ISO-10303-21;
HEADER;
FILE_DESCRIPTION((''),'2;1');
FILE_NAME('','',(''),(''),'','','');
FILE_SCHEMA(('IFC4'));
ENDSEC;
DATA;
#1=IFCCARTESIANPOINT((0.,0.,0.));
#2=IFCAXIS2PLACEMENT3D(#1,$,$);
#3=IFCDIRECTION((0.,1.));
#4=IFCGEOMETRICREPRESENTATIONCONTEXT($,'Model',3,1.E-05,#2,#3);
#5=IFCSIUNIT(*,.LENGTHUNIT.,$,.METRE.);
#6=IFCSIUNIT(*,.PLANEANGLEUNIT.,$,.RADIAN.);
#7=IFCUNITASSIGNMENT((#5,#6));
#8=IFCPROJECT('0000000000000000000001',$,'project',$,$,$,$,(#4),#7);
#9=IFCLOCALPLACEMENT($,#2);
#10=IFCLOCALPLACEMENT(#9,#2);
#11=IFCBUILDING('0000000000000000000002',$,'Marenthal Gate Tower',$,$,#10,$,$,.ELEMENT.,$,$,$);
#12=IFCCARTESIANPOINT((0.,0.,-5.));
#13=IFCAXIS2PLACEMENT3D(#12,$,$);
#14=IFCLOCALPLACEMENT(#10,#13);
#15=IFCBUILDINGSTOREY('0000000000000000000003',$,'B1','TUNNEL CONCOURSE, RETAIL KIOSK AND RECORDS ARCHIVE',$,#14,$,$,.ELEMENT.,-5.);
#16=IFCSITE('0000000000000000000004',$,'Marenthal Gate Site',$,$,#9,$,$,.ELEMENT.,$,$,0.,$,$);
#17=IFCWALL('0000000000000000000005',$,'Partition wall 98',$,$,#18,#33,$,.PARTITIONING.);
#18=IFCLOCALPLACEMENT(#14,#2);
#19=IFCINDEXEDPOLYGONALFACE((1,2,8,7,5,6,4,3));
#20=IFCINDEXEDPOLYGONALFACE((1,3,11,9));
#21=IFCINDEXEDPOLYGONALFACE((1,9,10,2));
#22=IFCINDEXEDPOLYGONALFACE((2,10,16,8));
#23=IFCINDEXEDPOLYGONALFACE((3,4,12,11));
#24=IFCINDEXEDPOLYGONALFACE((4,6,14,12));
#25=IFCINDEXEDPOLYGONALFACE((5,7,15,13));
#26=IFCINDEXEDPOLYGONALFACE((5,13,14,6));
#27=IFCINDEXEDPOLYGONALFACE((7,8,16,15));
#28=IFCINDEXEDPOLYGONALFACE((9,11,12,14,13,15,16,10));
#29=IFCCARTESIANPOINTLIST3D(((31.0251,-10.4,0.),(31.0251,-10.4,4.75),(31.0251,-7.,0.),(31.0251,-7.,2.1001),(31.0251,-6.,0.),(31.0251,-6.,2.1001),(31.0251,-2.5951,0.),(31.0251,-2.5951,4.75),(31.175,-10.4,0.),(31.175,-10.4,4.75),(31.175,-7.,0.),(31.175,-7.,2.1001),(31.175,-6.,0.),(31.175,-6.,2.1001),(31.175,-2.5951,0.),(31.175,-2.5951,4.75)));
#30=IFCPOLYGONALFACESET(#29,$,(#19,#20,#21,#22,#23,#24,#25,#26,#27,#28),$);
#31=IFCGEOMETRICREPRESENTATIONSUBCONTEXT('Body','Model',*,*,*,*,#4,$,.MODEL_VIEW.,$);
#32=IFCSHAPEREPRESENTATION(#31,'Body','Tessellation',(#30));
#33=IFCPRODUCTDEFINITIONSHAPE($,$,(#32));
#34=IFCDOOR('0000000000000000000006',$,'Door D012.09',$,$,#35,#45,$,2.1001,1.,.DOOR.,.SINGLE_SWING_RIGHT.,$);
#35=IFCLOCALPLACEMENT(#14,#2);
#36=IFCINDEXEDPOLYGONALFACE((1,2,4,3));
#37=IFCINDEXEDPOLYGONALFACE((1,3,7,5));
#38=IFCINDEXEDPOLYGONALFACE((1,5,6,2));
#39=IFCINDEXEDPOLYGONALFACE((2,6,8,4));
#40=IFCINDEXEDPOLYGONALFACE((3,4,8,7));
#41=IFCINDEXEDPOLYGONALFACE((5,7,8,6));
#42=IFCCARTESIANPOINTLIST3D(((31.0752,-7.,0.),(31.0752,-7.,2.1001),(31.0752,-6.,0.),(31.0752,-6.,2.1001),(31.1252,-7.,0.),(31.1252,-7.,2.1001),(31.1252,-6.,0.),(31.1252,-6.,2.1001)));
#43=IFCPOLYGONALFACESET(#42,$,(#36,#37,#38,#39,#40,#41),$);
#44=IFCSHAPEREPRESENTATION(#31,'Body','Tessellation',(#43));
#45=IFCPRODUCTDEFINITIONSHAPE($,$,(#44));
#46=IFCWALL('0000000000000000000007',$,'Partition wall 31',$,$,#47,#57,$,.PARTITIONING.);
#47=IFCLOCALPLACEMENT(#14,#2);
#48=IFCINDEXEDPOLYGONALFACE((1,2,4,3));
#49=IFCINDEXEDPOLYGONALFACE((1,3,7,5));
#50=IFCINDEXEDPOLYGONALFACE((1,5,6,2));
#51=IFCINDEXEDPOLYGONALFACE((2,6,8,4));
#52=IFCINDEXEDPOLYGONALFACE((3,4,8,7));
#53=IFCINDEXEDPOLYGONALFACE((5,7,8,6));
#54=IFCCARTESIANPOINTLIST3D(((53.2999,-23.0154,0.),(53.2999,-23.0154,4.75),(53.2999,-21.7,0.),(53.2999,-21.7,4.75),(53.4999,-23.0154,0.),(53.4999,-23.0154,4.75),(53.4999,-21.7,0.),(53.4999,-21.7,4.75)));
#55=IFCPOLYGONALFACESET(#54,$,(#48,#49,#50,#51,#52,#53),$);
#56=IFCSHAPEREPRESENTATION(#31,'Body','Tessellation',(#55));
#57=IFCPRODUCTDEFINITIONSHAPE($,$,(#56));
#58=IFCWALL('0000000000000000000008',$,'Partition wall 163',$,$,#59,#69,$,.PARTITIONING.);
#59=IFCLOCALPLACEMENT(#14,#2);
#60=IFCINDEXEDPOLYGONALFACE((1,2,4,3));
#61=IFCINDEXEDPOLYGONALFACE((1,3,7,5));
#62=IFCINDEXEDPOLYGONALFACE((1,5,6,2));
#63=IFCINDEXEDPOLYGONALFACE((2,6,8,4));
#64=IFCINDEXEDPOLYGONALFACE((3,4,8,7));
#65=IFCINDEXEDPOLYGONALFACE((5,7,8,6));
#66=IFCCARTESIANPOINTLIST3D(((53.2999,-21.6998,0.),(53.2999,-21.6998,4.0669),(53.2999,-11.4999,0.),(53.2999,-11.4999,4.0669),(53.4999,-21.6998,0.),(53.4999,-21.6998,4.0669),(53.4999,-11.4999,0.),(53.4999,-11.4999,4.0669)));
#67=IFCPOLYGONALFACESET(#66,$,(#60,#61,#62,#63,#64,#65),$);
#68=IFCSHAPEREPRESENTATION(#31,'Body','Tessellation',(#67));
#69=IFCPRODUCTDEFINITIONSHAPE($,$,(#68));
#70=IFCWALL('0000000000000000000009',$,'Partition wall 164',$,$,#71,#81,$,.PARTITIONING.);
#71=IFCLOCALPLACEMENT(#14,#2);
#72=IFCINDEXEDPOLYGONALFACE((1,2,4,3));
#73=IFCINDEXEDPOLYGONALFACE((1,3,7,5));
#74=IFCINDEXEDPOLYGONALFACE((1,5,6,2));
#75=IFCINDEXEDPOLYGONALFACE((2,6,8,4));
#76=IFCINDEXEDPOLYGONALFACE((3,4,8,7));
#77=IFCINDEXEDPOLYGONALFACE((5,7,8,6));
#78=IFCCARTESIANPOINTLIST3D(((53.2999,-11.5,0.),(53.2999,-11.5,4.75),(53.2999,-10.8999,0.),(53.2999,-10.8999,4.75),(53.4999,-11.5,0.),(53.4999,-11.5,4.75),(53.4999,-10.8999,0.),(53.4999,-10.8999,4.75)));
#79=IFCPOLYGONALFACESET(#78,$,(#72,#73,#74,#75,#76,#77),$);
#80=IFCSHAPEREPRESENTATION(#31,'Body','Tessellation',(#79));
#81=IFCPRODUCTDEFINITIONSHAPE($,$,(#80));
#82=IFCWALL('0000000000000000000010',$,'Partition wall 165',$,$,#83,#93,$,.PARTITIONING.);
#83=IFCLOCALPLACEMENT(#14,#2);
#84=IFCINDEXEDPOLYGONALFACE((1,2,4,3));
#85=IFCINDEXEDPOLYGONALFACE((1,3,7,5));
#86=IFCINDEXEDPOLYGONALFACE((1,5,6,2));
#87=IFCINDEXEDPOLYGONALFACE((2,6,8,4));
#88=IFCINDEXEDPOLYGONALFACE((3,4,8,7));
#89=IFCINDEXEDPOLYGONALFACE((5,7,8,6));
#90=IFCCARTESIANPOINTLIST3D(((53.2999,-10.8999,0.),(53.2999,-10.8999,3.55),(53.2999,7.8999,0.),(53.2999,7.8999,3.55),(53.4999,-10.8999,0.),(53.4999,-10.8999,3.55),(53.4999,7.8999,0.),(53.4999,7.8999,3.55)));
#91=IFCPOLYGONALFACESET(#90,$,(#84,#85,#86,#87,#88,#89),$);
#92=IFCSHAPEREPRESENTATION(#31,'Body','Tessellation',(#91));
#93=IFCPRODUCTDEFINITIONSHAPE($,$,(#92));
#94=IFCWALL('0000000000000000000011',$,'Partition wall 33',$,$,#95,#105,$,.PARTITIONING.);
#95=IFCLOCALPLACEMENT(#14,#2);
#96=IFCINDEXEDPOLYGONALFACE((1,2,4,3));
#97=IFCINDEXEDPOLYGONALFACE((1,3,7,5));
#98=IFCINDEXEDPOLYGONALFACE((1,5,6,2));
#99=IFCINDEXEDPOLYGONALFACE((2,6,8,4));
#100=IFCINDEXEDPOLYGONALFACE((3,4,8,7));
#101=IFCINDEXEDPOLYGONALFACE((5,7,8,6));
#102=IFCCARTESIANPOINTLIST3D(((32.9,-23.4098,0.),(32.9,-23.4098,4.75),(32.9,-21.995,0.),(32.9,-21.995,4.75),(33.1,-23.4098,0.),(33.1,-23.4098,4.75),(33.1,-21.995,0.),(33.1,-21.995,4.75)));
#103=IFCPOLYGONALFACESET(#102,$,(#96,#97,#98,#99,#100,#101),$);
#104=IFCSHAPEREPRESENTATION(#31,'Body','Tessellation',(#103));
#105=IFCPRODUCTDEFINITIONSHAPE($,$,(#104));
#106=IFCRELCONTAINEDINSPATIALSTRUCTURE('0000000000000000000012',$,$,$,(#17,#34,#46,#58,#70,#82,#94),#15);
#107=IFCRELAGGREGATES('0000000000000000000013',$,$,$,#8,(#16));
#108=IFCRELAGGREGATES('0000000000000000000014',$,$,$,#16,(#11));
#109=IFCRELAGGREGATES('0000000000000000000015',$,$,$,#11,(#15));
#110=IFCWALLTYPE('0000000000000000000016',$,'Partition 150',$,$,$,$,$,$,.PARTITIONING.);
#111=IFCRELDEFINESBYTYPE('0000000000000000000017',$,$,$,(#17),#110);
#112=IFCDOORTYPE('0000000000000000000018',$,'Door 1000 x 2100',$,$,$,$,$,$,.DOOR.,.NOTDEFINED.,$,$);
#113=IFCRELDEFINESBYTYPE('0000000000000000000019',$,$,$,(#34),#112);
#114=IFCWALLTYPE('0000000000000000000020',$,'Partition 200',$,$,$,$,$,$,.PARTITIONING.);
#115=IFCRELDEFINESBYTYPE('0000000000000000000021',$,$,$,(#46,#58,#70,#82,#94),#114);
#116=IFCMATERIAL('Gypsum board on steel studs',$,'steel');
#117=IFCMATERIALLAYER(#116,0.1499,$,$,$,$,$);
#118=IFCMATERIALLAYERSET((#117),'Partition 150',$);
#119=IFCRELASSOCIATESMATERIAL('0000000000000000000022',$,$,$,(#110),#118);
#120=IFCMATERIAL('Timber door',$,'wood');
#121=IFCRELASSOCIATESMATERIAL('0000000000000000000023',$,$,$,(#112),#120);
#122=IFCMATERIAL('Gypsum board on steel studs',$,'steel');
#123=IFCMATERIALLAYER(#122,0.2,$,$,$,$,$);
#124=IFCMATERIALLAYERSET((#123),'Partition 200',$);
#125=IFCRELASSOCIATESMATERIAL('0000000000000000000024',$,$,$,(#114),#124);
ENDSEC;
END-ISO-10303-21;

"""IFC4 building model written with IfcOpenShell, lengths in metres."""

from ifc_helpers import new_model, si_unit, direction, frame, frame_2d, origin, place, context, subcontext, project, spatial, rectangle, extrude, material, layer, layer_set, type_object, element, fill, save


model = new_model("IFC4")

# Units and contexts
model_context = context("Model", 3, precision=1e-05, world=origin(), true_north=direction((0.0, 1.0)))
body_context = subcontext(model_context, "Body", "Model", "MODEL_VIEW")
ifc_project = project(units=[si_unit("LENGTHUNIT", "METRE"), si_unit("PLANEANGLEUNIT", "RADIAN")], contexts=[model_context])

# Site, building, storey
site_placement = place(None, origin())
site = spatial("IfcSite", under=ifc_project, at=site_placement, Name="Marenthal Gate Site", CompositionType="ELEMENT", RefElevation=0.0)
building_placement = place(site_placement, origin())
building = spatial("IfcBuilding", under=site, at=building_placement, Name="Marenthal Gate Tower", CompositionType="ELEMENT")
storey_placement = place(building_placement, frame((0.0, 0.0, -5.0)))
storey = spatial("IfcBuildingStorey", under=building, at=storey_placement, Name="B1", Description="TUNNEL CONCOURSE, RETAIL KIOSK AND RECORDS ARCHIVE", CompositionType="ELEMENT", Elevation=-5.0)

# Shared definitions
ifc_material_1 = material(Name="Gypsum board on steel studs", Category="steel")
ifc_layer_1 = layer(ifc_material_1, 0.1499)
ifc_layer_set_1 = layer_set([ifc_layer_1], Name="Partition 150")
wall_type_1 = type_object("IfcWallType", Name="Partition 150", PredefinedType="PARTITIONING", material=ifc_layer_set_1)

# Wall, opening, door
wall_1_placement = place(storey_placement, frame((31.1001, -10.3999, 0.0), z_axis=(0.0, 0.0, 1.0), x_axis=(0.0, 1.0, 0.0)))
wall_1 = element("IfcWall", 1, at=wall_1_placement, inside=storey, type_object=wall_type_1, Name="Partition wall 98", PredefinedType="PARTITIONING", context=body_context, shape_type="SweptSolid", body=[
    extrude(rectangle(XDim=7.8049, YDim=0.1499, at=frame_2d((3.9023, 0.0))), origin(), (0.0, 0.0, 1.0), 4.75),
])
opening_1_placement = place(wall_1_placement, frame((3.3999, 0.0, 0.0)))
opening_1 = element("IfcOpeningElement", 2, at=opening_1_placement, cuts=wall_1, PredefinedType="OPENING", context=body_context, shape_type="SweptSolid", body=[
    extrude(rectangle(XDim=1.0, YDim=2.1001, at=frame_2d((0.5, 1.05))), frame((0.0, 0.085, 0.0), z_axis=(0.0, -1.0, 0.0), x_axis=(1.0, 0.0, 0.0)), (0.0, 0.0, 1.0), 0.1699),
])
ifc_material_2 = material(Name="Timber door", Category="wood")
door_type_1 = type_object("IfcDoorType", Name="Door 1000 x 2100", OperationType="NOTDEFINED", PredefinedType="DOOR", material=ifc_material_2)
door_1_placement = place(opening_1_placement, origin())
door_1 = element("IfcDoor", 3, at=door_1_placement, inside=storey, type_object=door_type_1, Name="Door D012.09", OperationType="SINGLE_SWING_RIGHT", OverallHeight=2.1001, OverallWidth=1.0, PredefinedType="DOOR", context=body_context, shape_type="SweptSolid", body=[
    extrude(rectangle(XDim=1.0, YDim=2.1001, at=frame_2d((0.5, 1.05))), frame((0.0, 0.0249, 0.0), z_axis=(0.0, -1.0, 0.0), x_axis=(1.0, 0.0, 0.0)), (0.0, 0.0, 1.0), 0.05),
])
fill(opening_1, door_1)

# Walls
ifc_material_3 = material(Name="Gypsum board on steel studs", Category="steel")
ifc_layer_2 = layer(ifc_material_3, 0.2)
ifc_layer_set_2 = layer_set([ifc_layer_2], Name="Partition 200")
wall_type_2 = type_object("IfcWallType", Name="Partition 200", PredefinedType="PARTITIONING", material=ifc_layer_set_2)
wall_2_placement = place(storey_placement, frame((53.3999, -23.0154, 0.0), z_axis=(0.0, 0.0, 1.0), x_axis=(0.0, 1.0, 0.0)))
element("IfcWall", 4, at=wall_2_placement, inside=storey, type_object=wall_type_2, Name="Partition wall 31", PredefinedType="PARTITIONING", context=body_context, shape_type="SweptSolid", body=[
    extrude(rectangle(XDim=1.3154, YDim=0.2, at=frame_2d((0.6577, 0.0))), origin(), (0.0, 0.0, 1.0), 4.75),
])
wall_3_placement = place(storey_placement, frame((53.3999, -21.7, 0.0), z_axis=(0.0, 0.0, 1.0), x_axis=(0.0, 1.0, 0.0)))
element("IfcWall", 5, at=wall_3_placement, inside=storey, type_object=wall_type_2, Name="Partition wall 163", PredefinedType="PARTITIONING", context=body_context, shape_type="SweptSolid", body=[
    extrude(rectangle(XDim=10.2, YDim=0.2, at=frame_2d((5.1001, 0.0))), origin(), (0.0, 0.0, 1.0), 4.0669),
])
wall_4_placement = place(storey_placement, frame((53.3999, -11.5, 0.0), z_axis=(0.0, 0.0, 1.0), x_axis=(0.0, 1.0, 0.0)))
element("IfcWall", 6, at=wall_4_placement, inside=storey, type_object=wall_type_2, Name="Partition wall 164", PredefinedType="PARTITIONING", context=body_context, shape_type="SweptSolid", body=[
    extrude(rectangle(XDim=0.6001, YDim=0.2, at=frame_2d((0.3, 0.0))), origin(), (0.0, 0.0, 1.0), 4.75),
])
wall_5_placement = place(storey_placement, frame((53.3999, -10.8999, 0.0), z_axis=(0.0, 0.0, 1.0), x_axis=(0.0, 1.0, 0.0)))
element("IfcWall", 7, at=wall_5_placement, inside=storey, type_object=wall_type_2, Name="Partition wall 165", PredefinedType="PARTITIONING", context=body_context, shape_type="SweptSolid", body=[
    extrude(rectangle(XDim=18.7998, YDim=0.2, at=frame_2d((9.3999, 0.0))), origin(), (0.0, 0.0, 1.0), 3.55),
])
wall_6_placement = place(storey_placement, frame((33.0, -23.4099, 0.0), z_axis=(0.0, 0.0, 1.0), x_axis=(0.0, 1.0, 0.0)))
element("IfcWall", 8, at=wall_6_placement, inside=storey, type_object=wall_type_2, Name="Partition wall 33", PredefinedType="PARTITIONING", context=body_context, shape_type="SweptSolid", body=[
    extrude(rectangle(XDim=1.4148, YDim=0.2, at=frame_2d((0.7075, 0.0))), origin(), (0.0, 0.0, 1.0), 4.75),
])

save(model, "model.ifc")
